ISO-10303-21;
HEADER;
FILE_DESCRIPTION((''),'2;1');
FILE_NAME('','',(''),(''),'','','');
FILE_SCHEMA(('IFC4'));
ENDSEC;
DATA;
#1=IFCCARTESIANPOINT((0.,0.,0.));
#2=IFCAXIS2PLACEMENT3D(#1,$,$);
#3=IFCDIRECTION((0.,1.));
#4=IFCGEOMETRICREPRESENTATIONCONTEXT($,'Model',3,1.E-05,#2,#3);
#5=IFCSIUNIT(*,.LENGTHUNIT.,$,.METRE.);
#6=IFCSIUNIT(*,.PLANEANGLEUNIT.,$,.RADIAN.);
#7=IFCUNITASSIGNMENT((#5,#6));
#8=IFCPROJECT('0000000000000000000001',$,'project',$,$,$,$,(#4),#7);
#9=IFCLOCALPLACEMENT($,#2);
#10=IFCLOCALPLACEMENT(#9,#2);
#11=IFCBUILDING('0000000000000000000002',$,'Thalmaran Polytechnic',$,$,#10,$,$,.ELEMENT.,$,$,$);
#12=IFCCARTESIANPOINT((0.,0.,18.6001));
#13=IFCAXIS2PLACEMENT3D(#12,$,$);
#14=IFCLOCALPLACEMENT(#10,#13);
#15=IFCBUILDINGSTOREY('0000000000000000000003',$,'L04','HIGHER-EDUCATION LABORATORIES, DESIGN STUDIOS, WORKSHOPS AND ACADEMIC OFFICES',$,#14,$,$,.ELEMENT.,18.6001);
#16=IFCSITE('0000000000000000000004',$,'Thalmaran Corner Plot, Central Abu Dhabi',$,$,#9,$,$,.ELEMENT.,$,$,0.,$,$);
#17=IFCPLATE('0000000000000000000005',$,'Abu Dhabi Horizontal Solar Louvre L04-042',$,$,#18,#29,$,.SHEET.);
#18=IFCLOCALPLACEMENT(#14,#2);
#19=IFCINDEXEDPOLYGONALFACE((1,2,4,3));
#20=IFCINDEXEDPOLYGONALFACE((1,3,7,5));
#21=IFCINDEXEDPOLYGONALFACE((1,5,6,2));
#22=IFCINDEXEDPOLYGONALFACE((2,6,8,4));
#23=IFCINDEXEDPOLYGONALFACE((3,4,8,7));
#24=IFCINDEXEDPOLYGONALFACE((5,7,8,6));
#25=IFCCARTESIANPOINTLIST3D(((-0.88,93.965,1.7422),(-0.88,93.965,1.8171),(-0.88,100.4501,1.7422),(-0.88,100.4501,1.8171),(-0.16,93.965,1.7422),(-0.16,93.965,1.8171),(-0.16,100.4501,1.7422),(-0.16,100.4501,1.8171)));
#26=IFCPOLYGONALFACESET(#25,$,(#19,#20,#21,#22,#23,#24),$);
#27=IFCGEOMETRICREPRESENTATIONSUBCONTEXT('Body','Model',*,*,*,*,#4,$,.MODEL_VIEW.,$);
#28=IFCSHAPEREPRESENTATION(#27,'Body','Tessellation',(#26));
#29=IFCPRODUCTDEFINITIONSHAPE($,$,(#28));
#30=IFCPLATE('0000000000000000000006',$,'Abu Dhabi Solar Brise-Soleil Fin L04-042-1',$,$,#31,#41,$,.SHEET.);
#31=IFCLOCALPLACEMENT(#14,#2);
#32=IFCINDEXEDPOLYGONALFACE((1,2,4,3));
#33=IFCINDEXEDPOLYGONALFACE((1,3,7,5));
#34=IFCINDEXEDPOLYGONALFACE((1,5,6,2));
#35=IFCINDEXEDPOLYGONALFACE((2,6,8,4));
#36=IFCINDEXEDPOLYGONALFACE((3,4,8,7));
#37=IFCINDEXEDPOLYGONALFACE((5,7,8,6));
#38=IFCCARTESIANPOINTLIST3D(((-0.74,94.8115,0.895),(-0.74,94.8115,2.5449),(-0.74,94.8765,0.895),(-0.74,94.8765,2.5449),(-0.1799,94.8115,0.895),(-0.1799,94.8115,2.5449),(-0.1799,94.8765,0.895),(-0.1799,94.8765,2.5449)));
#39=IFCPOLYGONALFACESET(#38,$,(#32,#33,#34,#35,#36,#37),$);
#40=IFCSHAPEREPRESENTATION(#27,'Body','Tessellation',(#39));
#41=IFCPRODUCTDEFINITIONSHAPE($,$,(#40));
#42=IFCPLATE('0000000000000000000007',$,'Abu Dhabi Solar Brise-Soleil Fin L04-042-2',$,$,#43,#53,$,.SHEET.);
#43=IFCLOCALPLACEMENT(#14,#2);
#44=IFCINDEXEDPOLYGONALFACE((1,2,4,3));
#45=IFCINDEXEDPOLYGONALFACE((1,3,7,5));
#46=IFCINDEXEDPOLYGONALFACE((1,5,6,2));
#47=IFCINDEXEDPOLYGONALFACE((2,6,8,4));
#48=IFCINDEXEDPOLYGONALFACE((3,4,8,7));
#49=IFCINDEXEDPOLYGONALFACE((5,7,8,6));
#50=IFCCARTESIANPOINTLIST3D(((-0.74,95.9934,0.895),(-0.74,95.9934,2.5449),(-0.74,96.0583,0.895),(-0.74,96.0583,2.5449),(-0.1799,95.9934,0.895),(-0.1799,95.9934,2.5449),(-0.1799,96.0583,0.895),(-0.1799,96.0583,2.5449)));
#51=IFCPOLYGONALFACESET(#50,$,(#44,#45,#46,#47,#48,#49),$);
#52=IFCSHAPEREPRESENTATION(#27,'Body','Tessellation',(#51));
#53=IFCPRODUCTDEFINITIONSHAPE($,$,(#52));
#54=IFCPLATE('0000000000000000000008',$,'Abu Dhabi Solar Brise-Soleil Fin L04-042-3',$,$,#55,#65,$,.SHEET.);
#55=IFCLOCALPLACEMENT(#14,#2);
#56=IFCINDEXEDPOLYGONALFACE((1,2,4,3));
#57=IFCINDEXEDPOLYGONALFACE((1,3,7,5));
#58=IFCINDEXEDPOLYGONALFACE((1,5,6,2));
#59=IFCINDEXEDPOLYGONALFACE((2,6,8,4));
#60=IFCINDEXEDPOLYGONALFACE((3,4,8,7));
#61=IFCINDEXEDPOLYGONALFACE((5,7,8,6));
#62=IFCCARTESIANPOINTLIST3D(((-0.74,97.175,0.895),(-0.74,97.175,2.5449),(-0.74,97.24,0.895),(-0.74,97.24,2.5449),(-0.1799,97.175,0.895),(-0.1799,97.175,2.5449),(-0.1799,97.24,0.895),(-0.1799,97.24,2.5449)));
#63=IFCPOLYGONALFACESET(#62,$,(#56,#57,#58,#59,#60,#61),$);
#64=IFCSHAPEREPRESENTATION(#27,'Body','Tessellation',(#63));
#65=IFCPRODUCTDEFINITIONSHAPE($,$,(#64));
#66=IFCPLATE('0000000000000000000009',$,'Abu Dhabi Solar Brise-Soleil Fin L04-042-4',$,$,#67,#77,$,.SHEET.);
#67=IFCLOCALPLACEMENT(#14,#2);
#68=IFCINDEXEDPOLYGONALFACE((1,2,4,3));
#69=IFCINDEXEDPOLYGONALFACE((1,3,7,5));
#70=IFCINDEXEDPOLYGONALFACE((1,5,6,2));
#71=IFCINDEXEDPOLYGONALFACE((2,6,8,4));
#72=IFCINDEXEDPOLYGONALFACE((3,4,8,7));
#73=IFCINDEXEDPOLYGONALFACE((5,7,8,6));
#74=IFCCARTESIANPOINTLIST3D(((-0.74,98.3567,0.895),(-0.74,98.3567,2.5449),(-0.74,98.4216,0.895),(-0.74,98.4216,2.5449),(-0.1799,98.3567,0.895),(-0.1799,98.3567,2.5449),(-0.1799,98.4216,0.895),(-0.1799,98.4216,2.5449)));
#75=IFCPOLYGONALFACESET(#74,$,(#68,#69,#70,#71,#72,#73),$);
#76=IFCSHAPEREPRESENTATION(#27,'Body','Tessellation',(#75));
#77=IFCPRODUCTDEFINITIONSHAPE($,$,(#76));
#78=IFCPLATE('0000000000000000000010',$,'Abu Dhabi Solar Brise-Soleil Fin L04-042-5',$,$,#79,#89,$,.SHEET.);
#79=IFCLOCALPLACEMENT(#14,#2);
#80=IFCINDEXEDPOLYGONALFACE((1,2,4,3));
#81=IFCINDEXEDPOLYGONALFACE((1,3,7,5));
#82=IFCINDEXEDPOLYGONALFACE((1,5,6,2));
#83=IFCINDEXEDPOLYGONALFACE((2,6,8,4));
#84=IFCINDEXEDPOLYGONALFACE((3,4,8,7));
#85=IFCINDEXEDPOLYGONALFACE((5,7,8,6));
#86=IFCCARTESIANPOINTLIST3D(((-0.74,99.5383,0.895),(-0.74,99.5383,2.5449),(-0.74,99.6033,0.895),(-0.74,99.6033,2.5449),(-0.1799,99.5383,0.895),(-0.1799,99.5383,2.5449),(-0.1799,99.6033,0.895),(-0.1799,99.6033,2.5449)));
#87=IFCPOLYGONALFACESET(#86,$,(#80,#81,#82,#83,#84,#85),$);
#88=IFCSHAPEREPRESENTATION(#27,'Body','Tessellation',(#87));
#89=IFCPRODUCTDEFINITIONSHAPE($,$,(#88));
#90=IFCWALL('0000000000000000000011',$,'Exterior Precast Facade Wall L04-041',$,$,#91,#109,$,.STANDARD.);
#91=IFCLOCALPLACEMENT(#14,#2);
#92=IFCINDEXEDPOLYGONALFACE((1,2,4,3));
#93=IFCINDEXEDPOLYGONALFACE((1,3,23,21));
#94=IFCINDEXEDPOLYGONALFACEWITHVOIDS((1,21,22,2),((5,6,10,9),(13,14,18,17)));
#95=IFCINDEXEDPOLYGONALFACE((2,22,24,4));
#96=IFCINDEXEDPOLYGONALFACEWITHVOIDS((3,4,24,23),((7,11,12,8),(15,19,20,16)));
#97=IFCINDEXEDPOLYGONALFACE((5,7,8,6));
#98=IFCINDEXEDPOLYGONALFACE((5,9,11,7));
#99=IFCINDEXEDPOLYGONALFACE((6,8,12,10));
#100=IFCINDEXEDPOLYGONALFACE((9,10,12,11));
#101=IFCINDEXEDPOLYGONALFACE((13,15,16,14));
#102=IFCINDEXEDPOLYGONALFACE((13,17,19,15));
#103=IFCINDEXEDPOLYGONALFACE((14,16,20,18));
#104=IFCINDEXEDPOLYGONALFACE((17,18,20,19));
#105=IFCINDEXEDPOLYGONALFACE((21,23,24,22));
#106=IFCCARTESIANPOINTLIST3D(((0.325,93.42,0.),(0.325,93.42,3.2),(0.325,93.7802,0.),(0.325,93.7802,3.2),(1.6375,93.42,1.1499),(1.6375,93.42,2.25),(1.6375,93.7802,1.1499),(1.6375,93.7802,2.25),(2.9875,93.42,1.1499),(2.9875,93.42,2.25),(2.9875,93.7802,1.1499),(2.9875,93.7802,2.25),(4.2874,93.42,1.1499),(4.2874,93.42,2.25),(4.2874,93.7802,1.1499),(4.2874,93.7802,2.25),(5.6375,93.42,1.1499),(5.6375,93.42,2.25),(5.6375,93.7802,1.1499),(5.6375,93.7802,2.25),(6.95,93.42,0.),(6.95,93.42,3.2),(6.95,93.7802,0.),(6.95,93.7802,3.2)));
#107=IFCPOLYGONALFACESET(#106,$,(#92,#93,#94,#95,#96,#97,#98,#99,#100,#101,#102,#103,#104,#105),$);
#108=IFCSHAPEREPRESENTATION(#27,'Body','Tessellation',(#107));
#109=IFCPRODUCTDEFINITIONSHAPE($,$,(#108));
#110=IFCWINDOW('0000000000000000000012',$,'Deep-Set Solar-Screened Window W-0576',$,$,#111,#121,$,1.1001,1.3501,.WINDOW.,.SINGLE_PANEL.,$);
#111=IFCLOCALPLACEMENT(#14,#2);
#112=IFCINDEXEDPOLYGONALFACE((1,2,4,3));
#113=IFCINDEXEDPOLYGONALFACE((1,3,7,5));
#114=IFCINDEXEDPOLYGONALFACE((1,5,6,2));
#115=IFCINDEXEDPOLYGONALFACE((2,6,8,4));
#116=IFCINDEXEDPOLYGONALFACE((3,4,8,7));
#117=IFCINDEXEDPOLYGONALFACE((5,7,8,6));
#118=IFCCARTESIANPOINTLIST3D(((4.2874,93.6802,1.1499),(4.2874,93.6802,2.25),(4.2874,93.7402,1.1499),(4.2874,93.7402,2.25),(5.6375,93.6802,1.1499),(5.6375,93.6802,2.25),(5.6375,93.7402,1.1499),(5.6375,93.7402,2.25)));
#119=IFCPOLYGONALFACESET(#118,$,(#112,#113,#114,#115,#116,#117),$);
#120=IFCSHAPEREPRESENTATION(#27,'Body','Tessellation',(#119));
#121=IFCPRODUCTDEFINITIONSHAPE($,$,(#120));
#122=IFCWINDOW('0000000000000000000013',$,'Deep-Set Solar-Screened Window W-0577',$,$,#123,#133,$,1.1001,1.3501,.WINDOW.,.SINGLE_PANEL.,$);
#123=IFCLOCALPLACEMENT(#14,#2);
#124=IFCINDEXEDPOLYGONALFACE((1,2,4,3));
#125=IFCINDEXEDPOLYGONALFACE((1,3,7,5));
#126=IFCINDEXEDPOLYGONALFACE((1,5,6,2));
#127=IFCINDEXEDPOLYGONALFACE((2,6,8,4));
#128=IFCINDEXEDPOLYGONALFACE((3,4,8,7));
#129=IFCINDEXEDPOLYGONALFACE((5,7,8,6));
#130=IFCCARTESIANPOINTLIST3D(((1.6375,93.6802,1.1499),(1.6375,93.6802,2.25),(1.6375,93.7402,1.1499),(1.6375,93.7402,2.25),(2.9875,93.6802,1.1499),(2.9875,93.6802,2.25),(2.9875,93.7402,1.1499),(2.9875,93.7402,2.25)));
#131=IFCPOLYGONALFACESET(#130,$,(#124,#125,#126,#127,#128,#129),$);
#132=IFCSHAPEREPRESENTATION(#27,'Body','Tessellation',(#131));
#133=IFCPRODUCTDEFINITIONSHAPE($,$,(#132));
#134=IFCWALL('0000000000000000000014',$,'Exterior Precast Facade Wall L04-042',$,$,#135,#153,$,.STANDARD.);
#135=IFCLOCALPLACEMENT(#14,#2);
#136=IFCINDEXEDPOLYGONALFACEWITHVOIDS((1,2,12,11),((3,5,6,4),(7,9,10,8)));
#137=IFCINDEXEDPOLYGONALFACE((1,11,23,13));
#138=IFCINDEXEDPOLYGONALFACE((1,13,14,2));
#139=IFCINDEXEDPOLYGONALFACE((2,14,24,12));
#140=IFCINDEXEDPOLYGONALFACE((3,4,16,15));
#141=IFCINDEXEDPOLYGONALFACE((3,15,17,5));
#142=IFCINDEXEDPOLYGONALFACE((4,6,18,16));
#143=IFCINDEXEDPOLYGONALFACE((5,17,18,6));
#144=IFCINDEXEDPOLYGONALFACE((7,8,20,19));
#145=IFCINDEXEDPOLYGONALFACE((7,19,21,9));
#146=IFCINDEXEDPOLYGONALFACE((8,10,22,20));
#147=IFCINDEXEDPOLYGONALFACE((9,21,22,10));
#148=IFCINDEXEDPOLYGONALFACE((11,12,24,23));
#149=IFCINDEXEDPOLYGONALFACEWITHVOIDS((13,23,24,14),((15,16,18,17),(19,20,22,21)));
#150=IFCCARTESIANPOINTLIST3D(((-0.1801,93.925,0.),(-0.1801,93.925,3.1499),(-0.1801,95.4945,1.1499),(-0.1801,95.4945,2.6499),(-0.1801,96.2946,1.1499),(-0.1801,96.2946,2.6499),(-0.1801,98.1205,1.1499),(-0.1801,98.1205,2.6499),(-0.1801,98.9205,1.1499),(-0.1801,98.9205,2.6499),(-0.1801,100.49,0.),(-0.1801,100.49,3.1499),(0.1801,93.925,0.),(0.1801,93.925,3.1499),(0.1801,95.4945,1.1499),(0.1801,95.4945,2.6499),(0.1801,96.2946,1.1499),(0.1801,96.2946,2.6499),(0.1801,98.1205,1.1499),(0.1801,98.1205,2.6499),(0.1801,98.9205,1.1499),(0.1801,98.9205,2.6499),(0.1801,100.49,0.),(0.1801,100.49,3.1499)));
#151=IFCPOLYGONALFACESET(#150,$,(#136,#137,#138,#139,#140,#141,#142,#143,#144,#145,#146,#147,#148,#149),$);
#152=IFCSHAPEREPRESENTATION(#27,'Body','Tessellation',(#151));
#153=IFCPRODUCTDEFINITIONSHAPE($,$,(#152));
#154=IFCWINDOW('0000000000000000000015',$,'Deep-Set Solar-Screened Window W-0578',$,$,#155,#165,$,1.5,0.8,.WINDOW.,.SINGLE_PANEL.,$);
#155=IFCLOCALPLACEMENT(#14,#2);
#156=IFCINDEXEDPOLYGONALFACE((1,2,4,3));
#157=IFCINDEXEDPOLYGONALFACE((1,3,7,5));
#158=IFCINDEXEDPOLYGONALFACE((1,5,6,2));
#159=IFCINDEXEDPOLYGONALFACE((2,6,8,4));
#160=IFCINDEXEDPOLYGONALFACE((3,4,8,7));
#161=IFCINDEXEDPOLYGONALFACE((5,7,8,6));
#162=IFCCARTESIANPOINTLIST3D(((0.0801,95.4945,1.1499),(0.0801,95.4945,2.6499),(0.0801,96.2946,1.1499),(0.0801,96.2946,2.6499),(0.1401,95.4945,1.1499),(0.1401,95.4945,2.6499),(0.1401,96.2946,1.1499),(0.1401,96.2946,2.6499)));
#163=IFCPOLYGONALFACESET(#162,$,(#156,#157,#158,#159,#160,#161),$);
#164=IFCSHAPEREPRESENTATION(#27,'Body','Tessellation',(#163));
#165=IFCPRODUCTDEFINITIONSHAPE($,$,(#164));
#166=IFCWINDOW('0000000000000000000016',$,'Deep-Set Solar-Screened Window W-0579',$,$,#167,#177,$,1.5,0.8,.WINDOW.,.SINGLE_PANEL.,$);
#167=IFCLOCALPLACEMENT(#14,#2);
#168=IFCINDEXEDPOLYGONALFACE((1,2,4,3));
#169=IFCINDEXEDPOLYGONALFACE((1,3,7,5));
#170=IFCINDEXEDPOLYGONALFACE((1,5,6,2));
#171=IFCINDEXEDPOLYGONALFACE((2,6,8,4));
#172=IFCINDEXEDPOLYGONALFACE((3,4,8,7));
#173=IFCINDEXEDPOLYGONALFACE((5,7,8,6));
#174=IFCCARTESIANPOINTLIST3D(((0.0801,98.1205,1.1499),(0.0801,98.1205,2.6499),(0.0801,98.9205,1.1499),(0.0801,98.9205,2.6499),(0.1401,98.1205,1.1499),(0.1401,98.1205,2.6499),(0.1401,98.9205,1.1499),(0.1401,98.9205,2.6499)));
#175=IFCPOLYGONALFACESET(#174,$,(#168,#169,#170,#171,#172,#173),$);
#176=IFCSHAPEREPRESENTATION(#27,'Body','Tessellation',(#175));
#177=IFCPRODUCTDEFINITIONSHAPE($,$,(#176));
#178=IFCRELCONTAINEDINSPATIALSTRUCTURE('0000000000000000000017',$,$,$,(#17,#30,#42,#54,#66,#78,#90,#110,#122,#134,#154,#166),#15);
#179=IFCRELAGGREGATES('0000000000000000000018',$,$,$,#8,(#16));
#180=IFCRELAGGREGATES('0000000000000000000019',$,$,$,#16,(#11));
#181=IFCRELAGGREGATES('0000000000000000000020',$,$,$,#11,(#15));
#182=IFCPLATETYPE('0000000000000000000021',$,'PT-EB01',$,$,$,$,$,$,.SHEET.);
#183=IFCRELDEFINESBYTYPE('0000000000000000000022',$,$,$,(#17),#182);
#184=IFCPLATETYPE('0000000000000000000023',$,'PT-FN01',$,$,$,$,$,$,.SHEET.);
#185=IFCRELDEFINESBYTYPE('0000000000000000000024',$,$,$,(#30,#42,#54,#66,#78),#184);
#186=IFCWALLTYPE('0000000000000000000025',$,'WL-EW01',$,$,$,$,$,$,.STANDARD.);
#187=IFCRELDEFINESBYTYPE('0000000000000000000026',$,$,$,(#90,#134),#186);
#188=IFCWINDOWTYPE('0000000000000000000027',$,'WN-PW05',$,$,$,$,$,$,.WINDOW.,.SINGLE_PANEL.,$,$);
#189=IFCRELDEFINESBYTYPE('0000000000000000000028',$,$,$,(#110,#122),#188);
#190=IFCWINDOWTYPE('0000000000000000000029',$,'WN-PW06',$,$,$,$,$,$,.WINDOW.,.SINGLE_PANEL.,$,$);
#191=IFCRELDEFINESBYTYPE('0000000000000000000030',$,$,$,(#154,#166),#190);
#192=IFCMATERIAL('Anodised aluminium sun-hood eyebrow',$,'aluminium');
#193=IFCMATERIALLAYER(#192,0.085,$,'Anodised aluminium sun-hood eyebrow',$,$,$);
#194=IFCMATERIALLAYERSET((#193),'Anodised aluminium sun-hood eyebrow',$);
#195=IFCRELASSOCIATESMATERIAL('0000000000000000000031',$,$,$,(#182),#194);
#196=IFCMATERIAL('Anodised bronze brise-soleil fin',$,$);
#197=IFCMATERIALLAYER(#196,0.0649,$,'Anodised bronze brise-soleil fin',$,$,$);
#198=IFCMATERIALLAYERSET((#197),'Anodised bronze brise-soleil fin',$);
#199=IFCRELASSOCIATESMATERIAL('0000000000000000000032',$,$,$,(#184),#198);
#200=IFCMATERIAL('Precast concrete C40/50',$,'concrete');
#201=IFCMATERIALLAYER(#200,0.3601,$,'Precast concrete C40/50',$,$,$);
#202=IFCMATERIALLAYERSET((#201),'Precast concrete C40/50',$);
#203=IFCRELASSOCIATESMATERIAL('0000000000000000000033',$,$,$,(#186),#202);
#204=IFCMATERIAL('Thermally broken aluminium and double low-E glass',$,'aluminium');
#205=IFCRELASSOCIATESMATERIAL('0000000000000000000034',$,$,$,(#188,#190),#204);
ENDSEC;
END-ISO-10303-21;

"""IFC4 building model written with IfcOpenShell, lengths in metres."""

from ifc_helpers import new_model, si_unit, direction, frame, frame_2d, origin, origin_2d, place, context, subcontext, project, spatial, rectangle, extrude, material, layer, layer_set, type_object, element, fill, save


model = new_model("IFC4")

# Units and contexts
model_context = context("Model", 3, precision=1e-05, world=origin(), true_north=direction((0.0, 1.0)))
body_context = subcontext(model_context, "Body", "Model", "MODEL_VIEW")
ifc_project = project(units=[si_unit("LENGTHUNIT", "METRE"), si_unit("PLANEANGLEUNIT", "RADIAN")], contexts=[model_context])

# Site, building, storey
site_placement = place(None, origin())
site = spatial("IfcSite", under=ifc_project, at=site_placement, Name="Thalmaran Corner Plot, Central Abu Dhabi", CompositionType="ELEMENT", RefElevation=0.0)
building_placement = place(site_placement, origin())
building = spatial("IfcBuilding", under=site, at=building_placement, Name="Thalmaran Polytechnic", CompositionType="ELEMENT")
storey_placement = place(building_placement, frame((0.0, 0.0, 18.6001)))
storey = spatial("IfcBuildingStorey", under=building, at=storey_placement, Name="L04", Description="HIGHER-EDUCATION LABORATORIES, DESIGN STUDIOS, WORKSHOPS AND ACADEMIC OFFICES", CompositionType="ELEMENT", Elevation=18.6001)

# Plates
ifc_material_1 = material(Name="Anodised aluminium sun-hood eyebrow", Category="aluminium")
ifc_layer_1 = layer(ifc_material_1, 0.085, Name="Anodised aluminium sun-hood eyebrow")
ifc_layer_set_1 = layer_set([ifc_layer_1], Name="Anodised aluminium sun-hood eyebrow")
plate_type_1 = type_object("IfcPlateType", Name="PT-EB01", PredefinedType="SHEET", material=ifc_layer_set_1)
plate_1_placement = place(storey_placement, frame((-0.52, 97.2075, 1.7422), z_axis=(0.0, 0.0, 1.0), x_axis=(0.0, 1.0, 0.0)))
element("IfcPlate", 1, at=plate_1_placement, inside=storey, type_object=plate_type_1, Name="Abu Dhabi Horizontal Solar Louvre L04-042", PredefinedType="SHEET", context=body_context, shape_type="SweptSolid", body=[
    extrude(rectangle(XDim=6.4851, YDim=0.72, at=origin_2d()), origin(), (0.0, 0.0, 1.0), 0.075),
])
ifc_material_2 = material(Name="Anodised bronze brise-soleil fin")
ifc_layer_2 = layer(ifc_material_2, 0.0649, Name="Anodised bronze brise-soleil fin")
ifc_layer_set_2 = layer_set([ifc_layer_2], Name="Anodised bronze brise-soleil fin")
plate_type_2 = type_object("IfcPlateType", Name="PT-FN01", PredefinedType="SHEET", material=ifc_layer_set_2)
for number, where, z_axis, x_axis, name in (
    (2, (-0.46, 94.844, 0.895), (0.0, 0.0, 1.0), (0.0, 1.0, 0.0), "Abu Dhabi Solar Brise-Soleil Fin L04-042-1"),
    (3, (-0.46, 96.0259, 0.895), (0.0, 0.0, 1.0), (0.0, 1.0, 0.0), "Abu Dhabi Solar Brise-Soleil Fin L04-042-2"),
    (4, (-0.46, 97.2075, 0.895), (0.0, 0.0, 1.0), (0.0, 1.0, 0.0), "Abu Dhabi Solar Brise-Soleil Fin L04-042-3"),
    (5, (-0.46, 98.3892, 0.895), (0.0, 0.0, 1.0), (0.0, 1.0, 0.0), "Abu Dhabi Solar Brise-Soleil Fin L04-042-4"),
    (6, (-0.46, 99.5708, 0.895), (0.0, 0.0, 1.0), (0.0, 1.0, 0.0), "Abu Dhabi Solar Brise-Soleil Fin L04-042-5"),
):
    element("IfcPlate", number, at=place(storey_placement, frame(where, z_axis=z_axis, x_axis=x_axis)), inside=storey, type_object=plate_type_2, Name=name, PredefinedType="SHEET", context=body_context, shape_type="SweptSolid", body=[
        extrude(rectangle(XDim=0.0649, YDim=0.5601, at=origin_2d()), origin(), (0.0, 0.0, 1.0), 1.6499),
    ])

# Walls, openings, windows
ifc_material_3 = material(Name="Precast concrete C40/50", Category="concrete")
ifc_layer_3 = layer(ifc_material_3, 0.3601, Name="Precast concrete C40/50")
ifc_layer_set_3 = layer_set([ifc_layer_3], Name="Precast concrete C40/50")
wall_type_1 = type_object("IfcWallType", Name="WL-EW01", PredefinedType="STANDARD", material=ifc_layer_set_3)
wall_1_placement = place(storey_placement, frame((6.95, 93.6001, 0.0), z_axis=(0.0, 0.0, 1.0), x_axis=(-1.0, 0.0, 0.0)))
wall_1 = element("IfcWall", 7, at=wall_1_placement, inside=storey, type_object=wall_type_1, Name="Exterior Precast Facade Wall L04-041", PredefinedType="STANDARD", context=body_context, shape_type="SweptSolid", body=[
    extrude(rectangle(XDim=6.625, YDim=0.3601, at=frame_2d((3.3125, 0.0))), origin(), (0.0, 0.0, 1.0), 3.2),
])
opening_1_placement = place(wall_1_placement, frame((1.3125, 0.0, 1.1499)))
opening_1 = element("IfcOpeningElement", 8, at=opening_1_placement, cuts=wall_1, PredefinedType="OPENING", context=body_context, shape_type="SweptSolid", body=[
    extrude(rectangle(XDim=1.3501, YDim=1.1001, at=frame_2d((0.675, 0.55))), frame((0.0, 0.1899, 0.0), z_axis=(0.0, -1.0, 0.0), x_axis=(1.0, 0.0, 0.0)), (0.0, 0.0, 1.0), 0.3801),
])
opening_2_placement = place(wall_1_placement, frame((3.9624, 0.0, 1.1499)))
opening_2 = element("IfcOpeningElement", 9, at=opening_2_placement, cuts=wall_1, PredefinedType="OPENING", context=body_context, shape_type="SweptSolid", body=[
    extrude(rectangle(XDim=1.3501, YDim=1.1001, at=frame_2d((0.675, 0.55))), frame((0.0, 0.1899, 0.0), z_axis=(0.0, -1.0, 0.0), x_axis=(1.0, 0.0, 0.0)), (0.0, 0.0, 1.0), 0.3801),
])
ifc_material_4 = material(Name="Thermally broken aluminium and double low-E glass", Category="aluminium")
window_type_1 = type_object("IfcWindowType", Name="WN-PW05", PartitioningType="SINGLE_PANEL", PredefinedType="WINDOW", material=ifc_material_4)
window_1_placement = place(opening_1_placement, origin())
window_1 = element("IfcWindow", 10, at=window_1_placement, inside=storey, type_object=window_type_1, Name="Deep-Set Solar-Screened Window W-0576", OverallHeight=1.1001, OverallWidth=1.3501, PartitioningType="SINGLE_PANEL", PredefinedType="WINDOW", context=body_context, shape_type="SweptSolid", body=[
    extrude(rectangle(XDim=1.3501, YDim=1.1001, at=frame_2d((0.675, 0.55))), frame((0.0, -0.0801, 0.0), z_axis=(0.0, -1.0, 0.0), x_axis=(1.0, 0.0, 0.0)), (0.0, 0.0, 1.0), 0.0601),
])
fill(opening_1, window_1)
window_2_placement = place(opening_2_placement, origin())
window_2 = element("IfcWindow", 11, at=window_2_placement, inside=storey, type_object=window_type_1, Name="Deep-Set Solar-Screened Window W-0577", OverallHeight=1.1001, OverallWidth=1.3501, PartitioningType="SINGLE_PANEL", PredefinedType="WINDOW", context=body_context, shape_type="SweptSolid", body=[
    extrude(rectangle(XDim=1.3501, YDim=1.1001, at=frame_2d((0.675, 0.55))), frame((0.0, -0.0801, 0.0), z_axis=(0.0, -1.0, 0.0), x_axis=(1.0, 0.0, 0.0)), (0.0, 0.0, 1.0), 0.0601),
])
fill(opening_2, window_2)
wall_2_placement = place(storey_placement, frame((0.0, 93.925, 0.0), z_axis=(0.0, 0.0, 1.0), x_axis=(0.0, 1.0, 0.0)))
wall_2 = element("IfcWall", 12, at=wall_2_placement, inside=storey, type_object=wall_type_1, Name="Exterior Precast Facade Wall L04-042", PredefinedType="STANDARD", context=body_context, shape_type="SweptSolid", body=[
    extrude(rectangle(XDim=6.5649, YDim=0.3601, at=frame_2d((3.2825, 0.0))), origin(), (0.0, 0.0, 1.0), 3.1499),
])
opening_3_placement = place(wall_2_placement, frame((1.5696, 0.0, 1.1499)))
opening_3 = element("IfcOpeningElement", 13, at=opening_3_placement, cuts=wall_2, PredefinedType="OPENING", context=body_context, shape_type="SweptSolid", body=[
    extrude(rectangle(XDim=0.8, YDim=1.5, at=frame_2d((0.3999, 0.75))), frame((0.0, 0.1899, 0.0), z_axis=(0.0, -1.0, 0.0), x_axis=(1.0, 0.0, 0.0)), (0.0, 0.0, 1.0), 0.3801),
])
opening_4_placement = place(wall_2_placement, frame((4.1956, 0.0, 1.1499)))
opening_4 = element("IfcOpeningElement", 14, at=opening_4_placement, cuts=wall_2, PredefinedType="OPENING", context=body_context, shape_type="SweptSolid", body=[
    extrude(rectangle(XDim=0.8, YDim=1.5, at=frame_2d((0.3999, 0.75))), frame((0.0, 0.1899, 0.0), z_axis=(0.0, -1.0, 0.0), x_axis=(1.0, 0.0, 0.0)), (0.0, 0.0, 1.0), 0.3801),
])
window_type_2 = type_object("IfcWindowType", Name="WN-PW06", PartitioningType="SINGLE_PANEL", PredefinedType="WINDOW", material=ifc_material_4)
window_3_placement = place(opening_3_placement, origin())
window_3 = element("IfcWindow", 15, at=window_3_placement, inside=storey, type_object=window_type_2, Name="Deep-Set Solar-Screened Window W-0578", OverallHeight=1.5, OverallWidth=0.8, PartitioningType="SINGLE_PANEL", PredefinedType="WINDOW", context=body_context, shape_type="SweptSolid", body=[
    extrude(rectangle(XDim=0.8, YDim=1.5, at=frame_2d((0.3999, 0.75))), frame((0.0, -0.0801, 0.0), z_axis=(0.0, -1.0, 0.0), x_axis=(1.0, 0.0, 0.0)), (0.0, 0.0, 1.0), 0.0601),
])
fill(opening_3, window_3)
window_4_placement = place(opening_4_placement, origin())
window_4 = element("IfcWindow", 16, at=window_4_placement, inside=storey, type_object=window_type_2, Name="Deep-Set Solar-Screened Window W-0579", OverallHeight=1.5, OverallWidth=0.8, PartitioningType="SINGLE_PANEL", PredefinedType="WINDOW", context=body_context, shape_type="SweptSolid", body=[
    extrude(rectangle(XDim=0.8, YDim=1.5, at=frame_2d((0.3999, 0.75))), frame((0.0, -0.0801, 0.0), z_axis=(0.0, -1.0, 0.0), x_axis=(1.0, 0.0, 0.0)), (0.0, 0.0, 1.0), 0.0601),
])
fill(opening_4, window_4)

save(model, "model.ifc")
